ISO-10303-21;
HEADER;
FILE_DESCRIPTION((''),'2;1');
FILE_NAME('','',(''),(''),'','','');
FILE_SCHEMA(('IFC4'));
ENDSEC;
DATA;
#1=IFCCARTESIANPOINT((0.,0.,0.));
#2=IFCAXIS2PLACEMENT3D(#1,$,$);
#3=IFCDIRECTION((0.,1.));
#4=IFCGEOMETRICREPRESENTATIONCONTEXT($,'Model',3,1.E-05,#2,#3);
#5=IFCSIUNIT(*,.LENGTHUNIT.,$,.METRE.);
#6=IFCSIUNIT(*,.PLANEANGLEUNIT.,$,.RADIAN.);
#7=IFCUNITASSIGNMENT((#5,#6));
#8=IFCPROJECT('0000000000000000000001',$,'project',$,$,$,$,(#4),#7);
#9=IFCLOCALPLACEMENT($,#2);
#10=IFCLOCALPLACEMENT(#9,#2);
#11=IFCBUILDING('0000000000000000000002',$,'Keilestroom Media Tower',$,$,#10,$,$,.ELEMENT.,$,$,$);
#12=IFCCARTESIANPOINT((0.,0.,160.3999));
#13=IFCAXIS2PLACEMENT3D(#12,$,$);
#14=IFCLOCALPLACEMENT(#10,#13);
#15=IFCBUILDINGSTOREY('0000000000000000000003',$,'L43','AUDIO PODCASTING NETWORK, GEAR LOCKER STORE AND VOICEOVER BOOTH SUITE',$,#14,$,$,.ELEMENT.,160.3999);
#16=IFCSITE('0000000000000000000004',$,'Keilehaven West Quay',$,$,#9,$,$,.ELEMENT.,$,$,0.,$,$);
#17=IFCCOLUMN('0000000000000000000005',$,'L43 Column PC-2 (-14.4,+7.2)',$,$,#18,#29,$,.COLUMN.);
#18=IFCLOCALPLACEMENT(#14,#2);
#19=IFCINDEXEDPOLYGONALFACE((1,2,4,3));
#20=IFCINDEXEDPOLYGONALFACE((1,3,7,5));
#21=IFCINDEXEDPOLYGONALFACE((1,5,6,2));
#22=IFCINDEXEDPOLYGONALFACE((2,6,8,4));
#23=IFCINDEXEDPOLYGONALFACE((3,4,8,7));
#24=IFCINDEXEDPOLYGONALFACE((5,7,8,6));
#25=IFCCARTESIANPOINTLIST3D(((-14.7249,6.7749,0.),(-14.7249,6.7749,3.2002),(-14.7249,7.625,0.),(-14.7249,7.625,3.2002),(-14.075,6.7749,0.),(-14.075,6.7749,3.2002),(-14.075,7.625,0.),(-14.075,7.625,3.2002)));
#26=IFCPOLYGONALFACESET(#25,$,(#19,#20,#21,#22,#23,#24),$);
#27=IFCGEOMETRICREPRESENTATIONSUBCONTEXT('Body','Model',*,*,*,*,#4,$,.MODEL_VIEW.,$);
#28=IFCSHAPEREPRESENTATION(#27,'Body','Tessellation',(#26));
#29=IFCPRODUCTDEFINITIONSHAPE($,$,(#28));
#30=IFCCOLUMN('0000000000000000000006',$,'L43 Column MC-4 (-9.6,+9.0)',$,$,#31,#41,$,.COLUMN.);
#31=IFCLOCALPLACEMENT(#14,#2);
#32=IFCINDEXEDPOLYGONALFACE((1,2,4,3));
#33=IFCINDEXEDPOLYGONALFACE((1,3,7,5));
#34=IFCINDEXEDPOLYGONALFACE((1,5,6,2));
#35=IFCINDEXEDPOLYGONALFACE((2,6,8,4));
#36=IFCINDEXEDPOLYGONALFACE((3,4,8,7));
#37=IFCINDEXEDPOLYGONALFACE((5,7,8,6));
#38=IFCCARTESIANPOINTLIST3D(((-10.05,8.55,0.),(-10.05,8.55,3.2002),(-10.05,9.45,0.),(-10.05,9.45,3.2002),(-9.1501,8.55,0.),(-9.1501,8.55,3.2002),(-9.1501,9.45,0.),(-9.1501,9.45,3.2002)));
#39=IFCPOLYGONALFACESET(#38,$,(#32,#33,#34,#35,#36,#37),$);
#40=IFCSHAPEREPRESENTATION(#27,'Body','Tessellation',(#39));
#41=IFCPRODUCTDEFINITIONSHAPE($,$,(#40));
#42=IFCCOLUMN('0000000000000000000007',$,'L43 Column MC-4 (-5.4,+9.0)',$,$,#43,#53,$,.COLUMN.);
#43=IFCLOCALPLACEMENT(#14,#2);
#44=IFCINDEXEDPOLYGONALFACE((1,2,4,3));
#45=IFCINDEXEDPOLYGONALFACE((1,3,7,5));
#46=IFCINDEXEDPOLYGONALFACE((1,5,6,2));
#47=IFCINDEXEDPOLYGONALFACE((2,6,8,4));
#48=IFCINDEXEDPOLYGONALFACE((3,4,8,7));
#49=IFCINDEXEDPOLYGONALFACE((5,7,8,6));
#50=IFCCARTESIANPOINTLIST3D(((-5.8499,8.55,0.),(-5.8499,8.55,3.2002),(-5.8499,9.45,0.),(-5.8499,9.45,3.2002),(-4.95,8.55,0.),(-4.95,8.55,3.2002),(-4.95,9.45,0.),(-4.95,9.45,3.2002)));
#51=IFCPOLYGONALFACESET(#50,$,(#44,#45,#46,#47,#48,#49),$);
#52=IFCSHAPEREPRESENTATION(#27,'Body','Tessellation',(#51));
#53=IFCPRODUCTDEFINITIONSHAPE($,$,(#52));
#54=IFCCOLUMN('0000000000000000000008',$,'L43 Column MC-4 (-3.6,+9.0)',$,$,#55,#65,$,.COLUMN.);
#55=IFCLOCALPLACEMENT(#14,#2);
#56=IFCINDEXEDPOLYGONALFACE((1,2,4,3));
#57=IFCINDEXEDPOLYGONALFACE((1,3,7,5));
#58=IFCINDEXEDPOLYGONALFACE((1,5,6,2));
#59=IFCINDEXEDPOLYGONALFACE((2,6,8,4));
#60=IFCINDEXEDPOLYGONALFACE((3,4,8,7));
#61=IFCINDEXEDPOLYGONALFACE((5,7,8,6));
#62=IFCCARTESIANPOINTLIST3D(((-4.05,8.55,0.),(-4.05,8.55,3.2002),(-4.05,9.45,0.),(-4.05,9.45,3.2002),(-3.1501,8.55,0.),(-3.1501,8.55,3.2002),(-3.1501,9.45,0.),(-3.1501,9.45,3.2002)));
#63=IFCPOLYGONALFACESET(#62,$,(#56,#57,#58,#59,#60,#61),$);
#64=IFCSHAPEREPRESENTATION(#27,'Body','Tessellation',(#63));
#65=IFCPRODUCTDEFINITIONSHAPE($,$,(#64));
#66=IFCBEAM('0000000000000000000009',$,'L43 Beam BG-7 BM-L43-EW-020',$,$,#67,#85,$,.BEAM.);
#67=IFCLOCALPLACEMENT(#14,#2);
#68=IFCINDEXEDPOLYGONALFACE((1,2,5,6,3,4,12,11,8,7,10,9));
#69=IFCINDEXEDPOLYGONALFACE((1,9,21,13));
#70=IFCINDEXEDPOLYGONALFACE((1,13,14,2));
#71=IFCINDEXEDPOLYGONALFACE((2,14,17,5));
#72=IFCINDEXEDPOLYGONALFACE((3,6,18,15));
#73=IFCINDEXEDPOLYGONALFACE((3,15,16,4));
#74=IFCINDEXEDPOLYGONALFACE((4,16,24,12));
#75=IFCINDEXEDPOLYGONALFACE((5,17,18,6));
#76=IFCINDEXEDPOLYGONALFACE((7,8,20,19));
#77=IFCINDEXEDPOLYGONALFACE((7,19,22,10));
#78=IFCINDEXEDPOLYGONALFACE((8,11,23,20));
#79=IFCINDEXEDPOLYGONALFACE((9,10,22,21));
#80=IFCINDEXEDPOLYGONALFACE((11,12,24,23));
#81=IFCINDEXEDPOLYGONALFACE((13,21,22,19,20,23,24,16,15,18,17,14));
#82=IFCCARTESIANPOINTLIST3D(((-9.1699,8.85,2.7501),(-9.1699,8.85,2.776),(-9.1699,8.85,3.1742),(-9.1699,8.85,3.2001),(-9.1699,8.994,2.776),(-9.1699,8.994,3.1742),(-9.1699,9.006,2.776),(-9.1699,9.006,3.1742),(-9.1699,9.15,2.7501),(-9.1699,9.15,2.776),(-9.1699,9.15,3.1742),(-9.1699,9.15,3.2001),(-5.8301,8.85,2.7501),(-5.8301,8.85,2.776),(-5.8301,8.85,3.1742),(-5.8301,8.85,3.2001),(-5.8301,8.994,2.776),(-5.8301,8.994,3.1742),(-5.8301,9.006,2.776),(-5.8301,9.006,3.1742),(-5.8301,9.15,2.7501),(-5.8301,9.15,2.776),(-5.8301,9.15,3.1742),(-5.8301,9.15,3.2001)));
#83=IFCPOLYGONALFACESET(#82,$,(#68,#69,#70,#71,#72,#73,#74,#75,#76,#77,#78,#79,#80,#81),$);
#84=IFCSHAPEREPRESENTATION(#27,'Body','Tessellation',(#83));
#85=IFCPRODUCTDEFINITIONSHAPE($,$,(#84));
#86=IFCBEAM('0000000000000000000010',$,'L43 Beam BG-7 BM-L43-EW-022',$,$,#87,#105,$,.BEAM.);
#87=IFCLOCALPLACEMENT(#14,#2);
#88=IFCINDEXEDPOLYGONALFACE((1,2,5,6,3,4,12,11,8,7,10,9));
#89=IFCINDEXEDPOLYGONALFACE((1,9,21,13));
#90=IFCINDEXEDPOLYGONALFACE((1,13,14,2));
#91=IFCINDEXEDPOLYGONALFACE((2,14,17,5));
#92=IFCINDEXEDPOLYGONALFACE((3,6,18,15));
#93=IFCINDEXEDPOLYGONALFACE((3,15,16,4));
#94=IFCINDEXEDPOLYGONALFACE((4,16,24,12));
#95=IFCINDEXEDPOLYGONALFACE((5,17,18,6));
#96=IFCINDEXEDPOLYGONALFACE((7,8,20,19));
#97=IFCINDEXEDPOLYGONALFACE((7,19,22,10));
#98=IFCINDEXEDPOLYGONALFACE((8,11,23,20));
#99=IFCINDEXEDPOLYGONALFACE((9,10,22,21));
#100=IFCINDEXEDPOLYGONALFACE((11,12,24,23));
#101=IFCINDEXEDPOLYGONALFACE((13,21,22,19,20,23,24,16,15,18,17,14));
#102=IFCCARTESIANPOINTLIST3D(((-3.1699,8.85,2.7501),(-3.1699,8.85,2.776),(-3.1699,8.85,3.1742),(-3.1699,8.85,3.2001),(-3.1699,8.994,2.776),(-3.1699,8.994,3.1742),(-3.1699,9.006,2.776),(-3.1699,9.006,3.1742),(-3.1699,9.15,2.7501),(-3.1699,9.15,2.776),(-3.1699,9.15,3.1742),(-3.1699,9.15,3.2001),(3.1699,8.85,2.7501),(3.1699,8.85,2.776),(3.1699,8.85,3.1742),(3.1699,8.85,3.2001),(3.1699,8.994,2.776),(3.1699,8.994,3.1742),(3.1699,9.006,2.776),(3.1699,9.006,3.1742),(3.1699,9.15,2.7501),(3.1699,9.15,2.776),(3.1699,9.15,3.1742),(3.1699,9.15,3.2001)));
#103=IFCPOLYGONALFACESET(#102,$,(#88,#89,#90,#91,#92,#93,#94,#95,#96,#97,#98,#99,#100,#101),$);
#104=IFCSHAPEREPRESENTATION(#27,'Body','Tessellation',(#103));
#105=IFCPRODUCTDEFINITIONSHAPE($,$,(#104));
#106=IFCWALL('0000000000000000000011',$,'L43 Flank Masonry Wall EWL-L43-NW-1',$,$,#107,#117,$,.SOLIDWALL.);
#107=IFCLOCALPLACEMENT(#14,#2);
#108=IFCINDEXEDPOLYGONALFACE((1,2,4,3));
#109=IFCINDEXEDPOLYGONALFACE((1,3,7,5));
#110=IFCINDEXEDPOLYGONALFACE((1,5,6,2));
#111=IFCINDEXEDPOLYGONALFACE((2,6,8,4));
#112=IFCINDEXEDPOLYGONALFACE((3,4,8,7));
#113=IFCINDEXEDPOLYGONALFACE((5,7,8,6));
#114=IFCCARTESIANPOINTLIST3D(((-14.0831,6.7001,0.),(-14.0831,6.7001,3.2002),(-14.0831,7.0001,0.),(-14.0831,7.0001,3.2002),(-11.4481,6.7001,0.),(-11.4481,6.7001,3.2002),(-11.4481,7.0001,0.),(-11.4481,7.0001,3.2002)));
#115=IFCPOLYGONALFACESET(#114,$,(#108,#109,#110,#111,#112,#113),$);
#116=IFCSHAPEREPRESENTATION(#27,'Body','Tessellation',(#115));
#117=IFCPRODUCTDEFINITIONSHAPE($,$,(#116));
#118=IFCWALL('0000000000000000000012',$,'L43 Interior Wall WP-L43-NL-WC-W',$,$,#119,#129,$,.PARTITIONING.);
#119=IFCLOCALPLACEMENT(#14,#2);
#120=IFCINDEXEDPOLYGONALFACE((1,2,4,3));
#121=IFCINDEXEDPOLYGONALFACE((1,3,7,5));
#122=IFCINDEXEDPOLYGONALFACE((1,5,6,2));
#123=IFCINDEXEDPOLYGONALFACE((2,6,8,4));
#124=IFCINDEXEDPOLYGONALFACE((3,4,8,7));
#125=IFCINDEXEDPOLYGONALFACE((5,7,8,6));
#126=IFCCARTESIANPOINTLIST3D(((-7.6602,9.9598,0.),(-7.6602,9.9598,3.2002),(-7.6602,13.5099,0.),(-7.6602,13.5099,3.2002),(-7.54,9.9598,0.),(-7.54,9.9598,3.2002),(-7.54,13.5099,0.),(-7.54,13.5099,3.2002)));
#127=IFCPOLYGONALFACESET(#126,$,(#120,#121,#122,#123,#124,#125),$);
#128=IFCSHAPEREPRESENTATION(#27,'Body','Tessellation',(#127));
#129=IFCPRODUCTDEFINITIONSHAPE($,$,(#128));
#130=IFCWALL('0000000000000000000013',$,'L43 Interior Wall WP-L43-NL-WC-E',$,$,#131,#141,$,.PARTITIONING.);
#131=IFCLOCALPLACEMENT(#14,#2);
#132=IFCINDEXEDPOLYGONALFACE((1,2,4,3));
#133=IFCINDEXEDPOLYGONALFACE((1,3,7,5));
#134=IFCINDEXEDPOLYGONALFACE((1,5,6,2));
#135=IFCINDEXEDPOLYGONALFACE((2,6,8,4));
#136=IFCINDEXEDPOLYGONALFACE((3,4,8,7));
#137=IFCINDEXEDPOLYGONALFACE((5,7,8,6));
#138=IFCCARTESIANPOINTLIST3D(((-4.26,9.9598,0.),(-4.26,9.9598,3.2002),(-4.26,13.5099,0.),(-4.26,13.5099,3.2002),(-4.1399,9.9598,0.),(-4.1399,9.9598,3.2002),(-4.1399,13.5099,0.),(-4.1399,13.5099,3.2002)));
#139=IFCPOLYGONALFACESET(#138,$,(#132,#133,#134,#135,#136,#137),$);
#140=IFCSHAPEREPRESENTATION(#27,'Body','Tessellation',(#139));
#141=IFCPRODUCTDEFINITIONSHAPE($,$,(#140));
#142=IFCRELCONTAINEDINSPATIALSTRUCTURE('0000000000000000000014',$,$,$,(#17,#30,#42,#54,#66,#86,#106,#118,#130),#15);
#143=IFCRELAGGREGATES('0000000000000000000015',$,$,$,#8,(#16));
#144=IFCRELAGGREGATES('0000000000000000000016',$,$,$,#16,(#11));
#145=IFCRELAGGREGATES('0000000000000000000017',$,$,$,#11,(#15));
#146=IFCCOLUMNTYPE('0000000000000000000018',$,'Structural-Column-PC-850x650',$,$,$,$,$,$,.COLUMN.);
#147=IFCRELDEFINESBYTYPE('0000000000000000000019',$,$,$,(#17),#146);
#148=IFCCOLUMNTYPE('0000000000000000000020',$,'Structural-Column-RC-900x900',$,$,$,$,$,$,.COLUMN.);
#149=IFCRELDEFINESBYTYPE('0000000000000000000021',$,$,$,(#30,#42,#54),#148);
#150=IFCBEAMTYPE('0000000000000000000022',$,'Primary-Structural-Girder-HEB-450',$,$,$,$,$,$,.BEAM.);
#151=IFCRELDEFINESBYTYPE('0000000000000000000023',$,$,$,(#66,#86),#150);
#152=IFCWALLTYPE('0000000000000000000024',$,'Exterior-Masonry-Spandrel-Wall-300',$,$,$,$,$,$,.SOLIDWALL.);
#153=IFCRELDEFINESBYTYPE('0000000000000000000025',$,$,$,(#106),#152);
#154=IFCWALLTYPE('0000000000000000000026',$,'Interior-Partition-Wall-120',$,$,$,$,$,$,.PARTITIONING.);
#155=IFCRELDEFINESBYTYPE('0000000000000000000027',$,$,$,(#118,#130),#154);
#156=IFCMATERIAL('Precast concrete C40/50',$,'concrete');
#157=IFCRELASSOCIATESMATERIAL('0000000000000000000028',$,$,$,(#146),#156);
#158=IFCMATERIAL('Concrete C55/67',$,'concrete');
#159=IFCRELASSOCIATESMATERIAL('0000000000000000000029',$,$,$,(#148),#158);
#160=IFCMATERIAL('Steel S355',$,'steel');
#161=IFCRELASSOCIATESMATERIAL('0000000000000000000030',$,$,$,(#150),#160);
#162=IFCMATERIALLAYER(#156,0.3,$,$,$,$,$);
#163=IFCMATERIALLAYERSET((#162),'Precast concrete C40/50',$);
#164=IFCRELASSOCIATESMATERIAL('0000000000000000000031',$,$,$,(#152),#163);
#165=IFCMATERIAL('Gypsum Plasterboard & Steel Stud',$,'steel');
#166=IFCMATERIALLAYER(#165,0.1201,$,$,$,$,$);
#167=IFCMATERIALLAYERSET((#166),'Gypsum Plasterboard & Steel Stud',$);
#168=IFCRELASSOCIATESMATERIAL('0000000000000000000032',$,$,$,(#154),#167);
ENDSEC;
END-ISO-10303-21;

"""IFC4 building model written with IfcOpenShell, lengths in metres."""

from ifc_helpers import new_model, si_unit, direction, frame, frame_2d, origin, origin_2d, place, context, subcontext, project, spatial, rectangle, i_section, extrude, source, transform, mapped, material, layer, layer_set, material_profile, profile_set, type_object, element, save


model = new_model("IFC4")

# Units and contexts
model_context = context("Model", 3, precision=1e-05, world=origin(), true_north=direction((0.0, 1.0)))
body_context = subcontext(model_context, "Body", "Model", "MODEL_VIEW")
ifc_project = project(units=[si_unit("LENGTHUNIT", "METRE"), si_unit("PLANEANGLEUNIT", "RADIAN")], contexts=[model_context])

# Site, building, storey
site_placement = place(None, origin())
site = spatial("IfcSite", under=ifc_project, at=site_placement, Name="Keilehaven West Quay", CompositionType="ELEMENT", RefElevation=0.0)
building_placement = place(site_placement, origin())
building = spatial("IfcBuilding", under=site, at=building_placement, Name="Keilestroom Media Tower", CompositionType="ELEMENT")
storey_placement = place(building_placement, frame((0.0, 0.0, 160.3999)))
storey = spatial("IfcBuildingStorey", under=building, at=storey_placement, Name="L43", Description="AUDIO PODCASTING NETWORK, GEAR LOCKER STORE AND VOICEOVER BOOTH SUITE", CompositionType="ELEMENT", Elevation=160.3999)

# Columns
ifc_material_1 = material(Name="Precast concrete C40/50", Category="concrete")
ifc_material_profile_1 = material_profile(ifc_material_1, rectangle(XDim=0.6499, YDim=0.8501, at=origin_2d()), Name="PC 850x650")
ifc_profile_set_1 = profile_set([ifc_material_profile_1], Name="Precast concrete C40/50")
column_type_1 = type_object("IfcColumnType", Name="Structural-Column-PC-850x650", PredefinedType="COLUMN", material=ifc_profile_set_1)
shared_shape_1 = source(origin(), body_context, "Body", "SweptSolid", [
    extrude(rectangle(XDim=0.6499, YDim=0.8501, at=origin_2d()), origin(), (0.0, 0.0, 1.0), 3.2002),
])
column_placement = place(storey_placement, frame((-14.3999, 7.2, 0.0), z_axis=(0.0, 0.0, 1.0), x_axis=(1.0, 0.0, 0.0)))
element("IfcColumn", 1, at=column_placement, inside=storey, type_object=column_type_1, Name="L43 Column PC-2 (-14.4,+7.2)", PredefinedType="COLUMN", context=body_context, shape_type="MappedRepresentation", body=[
    mapped(shared_shape_1, transform((0.0, 0.0, 0.0), x_axis=(1.0, 0.0, 0.0), y_axis=(0.0, 1.0, 0.0), z_axis=(0.0, 0.0, 1.0), scale=1.0)),
])
ifc_material_2 = material(Name="Concrete C55/67", Category="concrete")
ifc_material_profile_2 = material_profile(ifc_material_2, rectangle(XDim=0.8999, YDim=0.8999, at=origin_2d()), Name="RC 900x900")
ifc_profile_set_2 = profile_set([ifc_material_profile_2], Name="Concrete C55/67")
column_type_2 = type_object("IfcColumnType", Name="Structural-Column-RC-900x900", PredefinedType="COLUMN", material=ifc_profile_set_2)
shared_shape_2 = source(origin(), body_context, "Body", "SweptSolid", [
    extrude(rectangle(XDim=0.8999, YDim=0.8999, at=origin_2d()), origin(), (0.0, 0.0, 1.0), 3.2002),
])
for number, where, z_axis, x_axis, name in (
    (2, (-9.6001, 9.0, 0.0), (0.0, 0.0, 1.0), (1.0, 0.0, 0.0), "L43 Column MC-4 (-9.6,+9.0)"),
    (3, (-5.3999, 9.0, 0.0), (0.0, 0.0, 1.0), (1.0, 0.0, 0.0), "L43 Column MC-4 (-5.4,+9.0)"),
    (4, (-3.6001, 9.0, 0.0), (0.0, 0.0, 1.0), (1.0, 0.0, 0.0), "L43 Column MC-4 (-3.6,+9.0)"),
):
    element("IfcColumn", number, at=place(storey_placement, frame(where, z_axis=z_axis, x_axis=x_axis)), inside=storey, type_object=column_type_2, Name=name, PredefinedType="COLUMN", context=body_context, shape_type="MappedRepresentation", body=[
        mapped(shared_shape_2, transform((0.0, 0.0, 0.0), x_axis=(1.0, 0.0, 0.0), y_axis=(0.0, 1.0, 0.0), z_axis=(0.0, 0.0, 1.0), scale=1.0)),
    ])

# Beams
ifc_material_3 = material(Name="Steel S355", Category="steel")
ifc_material_profile_3 = material_profile(ifc_material_3, i_section(OverallWidth=0.3, OverallDepth=0.45, WebThickness=0.012, FlangeThickness=0.0259, at=origin_2d()), Name="HEB 450")
ifc_profile_set_3 = profile_set([ifc_material_profile_3], Name="Steel S355")
beam_type = type_object("IfcBeamType", Name="Primary-Structural-Girder-HEB-450", PredefinedType="BEAM", material=ifc_profile_set_3)
shared_shape_3 = source(origin(), body_context, "Body", "SweptSolid", [
    extrude(i_section(OverallWidth=0.3, OverallDepth=0.45, WebThickness=0.012, FlangeThickness=0.0259, at=origin_2d()), origin(), (0.0, 0.0, 1.0), 3.3398),
])
beam_1_placement = place(storey_placement, frame((-9.1699, 9.0, 2.9751), z_axis=(1.0, 0.0, 0.0), x_axis=(0.0, 1.0, 0.0)))
element("IfcBeam", 5, at=beam_1_placement, inside=storey, type_object=beam_type, Name="L43 Beam BG-7 BM-L43-EW-020", PredefinedType="BEAM", context=body_context, shape_type="MappedRepresentation", body=[
    mapped(shared_shape_3, transform((0.0, 0.0, 0.0), x_axis=(1.0, 0.0, 0.0), y_axis=(0.0, 1.0, 0.0), z_axis=(0.0, 0.0, 1.0), scale=1.0)),
])
shared_shape_4 = source(origin(), body_context, "Body", "SweptSolid", [
    extrude(i_section(OverallWidth=0.3, OverallDepth=0.45, WebThickness=0.012, FlangeThickness=0.0259, at=origin_2d()), origin(), (0.0, 0.0, 1.0), 6.3398),
])
beam_2_placement = place(storey_placement, frame((-3.1699, 9.0, 2.9751), z_axis=(1.0, 0.0, 0.0), x_axis=(0.0, 1.0, 0.0)))
element("IfcBeam", 6, at=beam_2_placement, inside=storey, type_object=beam_type, Name="L43 Beam BG-7 BM-L43-EW-022", PredefinedType="BEAM", context=body_context, shape_type="MappedRepresentation", body=[
    mapped(shared_shape_4, transform((0.0, 0.0, 0.0), x_axis=(1.0, 0.0, 0.0), y_axis=(0.0, 1.0, 0.0), z_axis=(0.0, 0.0, 1.0), scale=1.0)),
])

# Walls
ifc_layer_1 = layer(ifc_material_1, 0.3)
ifc_layer_set_1 = layer_set([ifc_layer_1], Name="Precast concrete C40/50")
wall_type_1 = type_object("IfcWallType", Name="Exterior-Masonry-Spandrel-Wall-300", PredefinedType="SOLIDWALL", material=ifc_layer_set_1)
wall_1_placement = place(storey_placement, frame((-14.083, 6.8501, 0.0), z_axis=(0.0, 0.0, 1.0), x_axis=(1.0, 0.0, 0.0)))
element("IfcWall", 7, at=wall_1_placement, inside=storey, type_object=wall_type_1, Name="L43 Flank Masonry Wall EWL-L43-NW-1", PredefinedType="SOLIDWALL", context=body_context, shape_type="SweptSolid", body=[
    extrude(rectangle(XDim=2.635, YDim=0.3, at=frame_2d((1.3174, 0.0))), origin(), (0.0, 0.0, 1.0), 3.2002),
])
ifc_material_4 = material(Name="Gypsum Plasterboard & Steel Stud", Category="steel")
ifc_layer_2 = layer(ifc_material_4, 0.1201)
ifc_layer_set_2 = layer_set([ifc_layer_2], Name="Gypsum Plasterboard & Steel Stud")
wall_type_2 = type_object("IfcWallType", Name="Interior-Partition-Wall-120", PredefinedType="PARTITIONING", material=ifc_layer_set_2)
for number, where, z_axis, x_axis, name in (
    (8, (-7.6001, 9.96, 0.0), (0.0, 0.0, 1.0), (0.0, 1.0, 0.0), "L43 Interior Wall WP-L43-NL-WC-W"),
    (9, (-4.2, 9.96, 0.0), (0.0, 0.0, 1.0), (0.0, 1.0, 0.0), "L43 Interior Wall WP-L43-NL-WC-E"),
):
    element("IfcWall", number, at=place(storey_placement, frame(where, z_axis=z_axis, x_axis=x_axis)), inside=storey, type_object=wall_type_2, Name=name, PredefinedType="PARTITIONING", context=body_context, shape_type="SweptSolid", body=[
        extrude(rectangle(XDim=3.55, YDim=0.1201, at=frame_2d((1.7749, 0.0))), origin(), (0.0, 0.0, 1.0), 3.2002),
    ])

save(model, "model.ifc")
